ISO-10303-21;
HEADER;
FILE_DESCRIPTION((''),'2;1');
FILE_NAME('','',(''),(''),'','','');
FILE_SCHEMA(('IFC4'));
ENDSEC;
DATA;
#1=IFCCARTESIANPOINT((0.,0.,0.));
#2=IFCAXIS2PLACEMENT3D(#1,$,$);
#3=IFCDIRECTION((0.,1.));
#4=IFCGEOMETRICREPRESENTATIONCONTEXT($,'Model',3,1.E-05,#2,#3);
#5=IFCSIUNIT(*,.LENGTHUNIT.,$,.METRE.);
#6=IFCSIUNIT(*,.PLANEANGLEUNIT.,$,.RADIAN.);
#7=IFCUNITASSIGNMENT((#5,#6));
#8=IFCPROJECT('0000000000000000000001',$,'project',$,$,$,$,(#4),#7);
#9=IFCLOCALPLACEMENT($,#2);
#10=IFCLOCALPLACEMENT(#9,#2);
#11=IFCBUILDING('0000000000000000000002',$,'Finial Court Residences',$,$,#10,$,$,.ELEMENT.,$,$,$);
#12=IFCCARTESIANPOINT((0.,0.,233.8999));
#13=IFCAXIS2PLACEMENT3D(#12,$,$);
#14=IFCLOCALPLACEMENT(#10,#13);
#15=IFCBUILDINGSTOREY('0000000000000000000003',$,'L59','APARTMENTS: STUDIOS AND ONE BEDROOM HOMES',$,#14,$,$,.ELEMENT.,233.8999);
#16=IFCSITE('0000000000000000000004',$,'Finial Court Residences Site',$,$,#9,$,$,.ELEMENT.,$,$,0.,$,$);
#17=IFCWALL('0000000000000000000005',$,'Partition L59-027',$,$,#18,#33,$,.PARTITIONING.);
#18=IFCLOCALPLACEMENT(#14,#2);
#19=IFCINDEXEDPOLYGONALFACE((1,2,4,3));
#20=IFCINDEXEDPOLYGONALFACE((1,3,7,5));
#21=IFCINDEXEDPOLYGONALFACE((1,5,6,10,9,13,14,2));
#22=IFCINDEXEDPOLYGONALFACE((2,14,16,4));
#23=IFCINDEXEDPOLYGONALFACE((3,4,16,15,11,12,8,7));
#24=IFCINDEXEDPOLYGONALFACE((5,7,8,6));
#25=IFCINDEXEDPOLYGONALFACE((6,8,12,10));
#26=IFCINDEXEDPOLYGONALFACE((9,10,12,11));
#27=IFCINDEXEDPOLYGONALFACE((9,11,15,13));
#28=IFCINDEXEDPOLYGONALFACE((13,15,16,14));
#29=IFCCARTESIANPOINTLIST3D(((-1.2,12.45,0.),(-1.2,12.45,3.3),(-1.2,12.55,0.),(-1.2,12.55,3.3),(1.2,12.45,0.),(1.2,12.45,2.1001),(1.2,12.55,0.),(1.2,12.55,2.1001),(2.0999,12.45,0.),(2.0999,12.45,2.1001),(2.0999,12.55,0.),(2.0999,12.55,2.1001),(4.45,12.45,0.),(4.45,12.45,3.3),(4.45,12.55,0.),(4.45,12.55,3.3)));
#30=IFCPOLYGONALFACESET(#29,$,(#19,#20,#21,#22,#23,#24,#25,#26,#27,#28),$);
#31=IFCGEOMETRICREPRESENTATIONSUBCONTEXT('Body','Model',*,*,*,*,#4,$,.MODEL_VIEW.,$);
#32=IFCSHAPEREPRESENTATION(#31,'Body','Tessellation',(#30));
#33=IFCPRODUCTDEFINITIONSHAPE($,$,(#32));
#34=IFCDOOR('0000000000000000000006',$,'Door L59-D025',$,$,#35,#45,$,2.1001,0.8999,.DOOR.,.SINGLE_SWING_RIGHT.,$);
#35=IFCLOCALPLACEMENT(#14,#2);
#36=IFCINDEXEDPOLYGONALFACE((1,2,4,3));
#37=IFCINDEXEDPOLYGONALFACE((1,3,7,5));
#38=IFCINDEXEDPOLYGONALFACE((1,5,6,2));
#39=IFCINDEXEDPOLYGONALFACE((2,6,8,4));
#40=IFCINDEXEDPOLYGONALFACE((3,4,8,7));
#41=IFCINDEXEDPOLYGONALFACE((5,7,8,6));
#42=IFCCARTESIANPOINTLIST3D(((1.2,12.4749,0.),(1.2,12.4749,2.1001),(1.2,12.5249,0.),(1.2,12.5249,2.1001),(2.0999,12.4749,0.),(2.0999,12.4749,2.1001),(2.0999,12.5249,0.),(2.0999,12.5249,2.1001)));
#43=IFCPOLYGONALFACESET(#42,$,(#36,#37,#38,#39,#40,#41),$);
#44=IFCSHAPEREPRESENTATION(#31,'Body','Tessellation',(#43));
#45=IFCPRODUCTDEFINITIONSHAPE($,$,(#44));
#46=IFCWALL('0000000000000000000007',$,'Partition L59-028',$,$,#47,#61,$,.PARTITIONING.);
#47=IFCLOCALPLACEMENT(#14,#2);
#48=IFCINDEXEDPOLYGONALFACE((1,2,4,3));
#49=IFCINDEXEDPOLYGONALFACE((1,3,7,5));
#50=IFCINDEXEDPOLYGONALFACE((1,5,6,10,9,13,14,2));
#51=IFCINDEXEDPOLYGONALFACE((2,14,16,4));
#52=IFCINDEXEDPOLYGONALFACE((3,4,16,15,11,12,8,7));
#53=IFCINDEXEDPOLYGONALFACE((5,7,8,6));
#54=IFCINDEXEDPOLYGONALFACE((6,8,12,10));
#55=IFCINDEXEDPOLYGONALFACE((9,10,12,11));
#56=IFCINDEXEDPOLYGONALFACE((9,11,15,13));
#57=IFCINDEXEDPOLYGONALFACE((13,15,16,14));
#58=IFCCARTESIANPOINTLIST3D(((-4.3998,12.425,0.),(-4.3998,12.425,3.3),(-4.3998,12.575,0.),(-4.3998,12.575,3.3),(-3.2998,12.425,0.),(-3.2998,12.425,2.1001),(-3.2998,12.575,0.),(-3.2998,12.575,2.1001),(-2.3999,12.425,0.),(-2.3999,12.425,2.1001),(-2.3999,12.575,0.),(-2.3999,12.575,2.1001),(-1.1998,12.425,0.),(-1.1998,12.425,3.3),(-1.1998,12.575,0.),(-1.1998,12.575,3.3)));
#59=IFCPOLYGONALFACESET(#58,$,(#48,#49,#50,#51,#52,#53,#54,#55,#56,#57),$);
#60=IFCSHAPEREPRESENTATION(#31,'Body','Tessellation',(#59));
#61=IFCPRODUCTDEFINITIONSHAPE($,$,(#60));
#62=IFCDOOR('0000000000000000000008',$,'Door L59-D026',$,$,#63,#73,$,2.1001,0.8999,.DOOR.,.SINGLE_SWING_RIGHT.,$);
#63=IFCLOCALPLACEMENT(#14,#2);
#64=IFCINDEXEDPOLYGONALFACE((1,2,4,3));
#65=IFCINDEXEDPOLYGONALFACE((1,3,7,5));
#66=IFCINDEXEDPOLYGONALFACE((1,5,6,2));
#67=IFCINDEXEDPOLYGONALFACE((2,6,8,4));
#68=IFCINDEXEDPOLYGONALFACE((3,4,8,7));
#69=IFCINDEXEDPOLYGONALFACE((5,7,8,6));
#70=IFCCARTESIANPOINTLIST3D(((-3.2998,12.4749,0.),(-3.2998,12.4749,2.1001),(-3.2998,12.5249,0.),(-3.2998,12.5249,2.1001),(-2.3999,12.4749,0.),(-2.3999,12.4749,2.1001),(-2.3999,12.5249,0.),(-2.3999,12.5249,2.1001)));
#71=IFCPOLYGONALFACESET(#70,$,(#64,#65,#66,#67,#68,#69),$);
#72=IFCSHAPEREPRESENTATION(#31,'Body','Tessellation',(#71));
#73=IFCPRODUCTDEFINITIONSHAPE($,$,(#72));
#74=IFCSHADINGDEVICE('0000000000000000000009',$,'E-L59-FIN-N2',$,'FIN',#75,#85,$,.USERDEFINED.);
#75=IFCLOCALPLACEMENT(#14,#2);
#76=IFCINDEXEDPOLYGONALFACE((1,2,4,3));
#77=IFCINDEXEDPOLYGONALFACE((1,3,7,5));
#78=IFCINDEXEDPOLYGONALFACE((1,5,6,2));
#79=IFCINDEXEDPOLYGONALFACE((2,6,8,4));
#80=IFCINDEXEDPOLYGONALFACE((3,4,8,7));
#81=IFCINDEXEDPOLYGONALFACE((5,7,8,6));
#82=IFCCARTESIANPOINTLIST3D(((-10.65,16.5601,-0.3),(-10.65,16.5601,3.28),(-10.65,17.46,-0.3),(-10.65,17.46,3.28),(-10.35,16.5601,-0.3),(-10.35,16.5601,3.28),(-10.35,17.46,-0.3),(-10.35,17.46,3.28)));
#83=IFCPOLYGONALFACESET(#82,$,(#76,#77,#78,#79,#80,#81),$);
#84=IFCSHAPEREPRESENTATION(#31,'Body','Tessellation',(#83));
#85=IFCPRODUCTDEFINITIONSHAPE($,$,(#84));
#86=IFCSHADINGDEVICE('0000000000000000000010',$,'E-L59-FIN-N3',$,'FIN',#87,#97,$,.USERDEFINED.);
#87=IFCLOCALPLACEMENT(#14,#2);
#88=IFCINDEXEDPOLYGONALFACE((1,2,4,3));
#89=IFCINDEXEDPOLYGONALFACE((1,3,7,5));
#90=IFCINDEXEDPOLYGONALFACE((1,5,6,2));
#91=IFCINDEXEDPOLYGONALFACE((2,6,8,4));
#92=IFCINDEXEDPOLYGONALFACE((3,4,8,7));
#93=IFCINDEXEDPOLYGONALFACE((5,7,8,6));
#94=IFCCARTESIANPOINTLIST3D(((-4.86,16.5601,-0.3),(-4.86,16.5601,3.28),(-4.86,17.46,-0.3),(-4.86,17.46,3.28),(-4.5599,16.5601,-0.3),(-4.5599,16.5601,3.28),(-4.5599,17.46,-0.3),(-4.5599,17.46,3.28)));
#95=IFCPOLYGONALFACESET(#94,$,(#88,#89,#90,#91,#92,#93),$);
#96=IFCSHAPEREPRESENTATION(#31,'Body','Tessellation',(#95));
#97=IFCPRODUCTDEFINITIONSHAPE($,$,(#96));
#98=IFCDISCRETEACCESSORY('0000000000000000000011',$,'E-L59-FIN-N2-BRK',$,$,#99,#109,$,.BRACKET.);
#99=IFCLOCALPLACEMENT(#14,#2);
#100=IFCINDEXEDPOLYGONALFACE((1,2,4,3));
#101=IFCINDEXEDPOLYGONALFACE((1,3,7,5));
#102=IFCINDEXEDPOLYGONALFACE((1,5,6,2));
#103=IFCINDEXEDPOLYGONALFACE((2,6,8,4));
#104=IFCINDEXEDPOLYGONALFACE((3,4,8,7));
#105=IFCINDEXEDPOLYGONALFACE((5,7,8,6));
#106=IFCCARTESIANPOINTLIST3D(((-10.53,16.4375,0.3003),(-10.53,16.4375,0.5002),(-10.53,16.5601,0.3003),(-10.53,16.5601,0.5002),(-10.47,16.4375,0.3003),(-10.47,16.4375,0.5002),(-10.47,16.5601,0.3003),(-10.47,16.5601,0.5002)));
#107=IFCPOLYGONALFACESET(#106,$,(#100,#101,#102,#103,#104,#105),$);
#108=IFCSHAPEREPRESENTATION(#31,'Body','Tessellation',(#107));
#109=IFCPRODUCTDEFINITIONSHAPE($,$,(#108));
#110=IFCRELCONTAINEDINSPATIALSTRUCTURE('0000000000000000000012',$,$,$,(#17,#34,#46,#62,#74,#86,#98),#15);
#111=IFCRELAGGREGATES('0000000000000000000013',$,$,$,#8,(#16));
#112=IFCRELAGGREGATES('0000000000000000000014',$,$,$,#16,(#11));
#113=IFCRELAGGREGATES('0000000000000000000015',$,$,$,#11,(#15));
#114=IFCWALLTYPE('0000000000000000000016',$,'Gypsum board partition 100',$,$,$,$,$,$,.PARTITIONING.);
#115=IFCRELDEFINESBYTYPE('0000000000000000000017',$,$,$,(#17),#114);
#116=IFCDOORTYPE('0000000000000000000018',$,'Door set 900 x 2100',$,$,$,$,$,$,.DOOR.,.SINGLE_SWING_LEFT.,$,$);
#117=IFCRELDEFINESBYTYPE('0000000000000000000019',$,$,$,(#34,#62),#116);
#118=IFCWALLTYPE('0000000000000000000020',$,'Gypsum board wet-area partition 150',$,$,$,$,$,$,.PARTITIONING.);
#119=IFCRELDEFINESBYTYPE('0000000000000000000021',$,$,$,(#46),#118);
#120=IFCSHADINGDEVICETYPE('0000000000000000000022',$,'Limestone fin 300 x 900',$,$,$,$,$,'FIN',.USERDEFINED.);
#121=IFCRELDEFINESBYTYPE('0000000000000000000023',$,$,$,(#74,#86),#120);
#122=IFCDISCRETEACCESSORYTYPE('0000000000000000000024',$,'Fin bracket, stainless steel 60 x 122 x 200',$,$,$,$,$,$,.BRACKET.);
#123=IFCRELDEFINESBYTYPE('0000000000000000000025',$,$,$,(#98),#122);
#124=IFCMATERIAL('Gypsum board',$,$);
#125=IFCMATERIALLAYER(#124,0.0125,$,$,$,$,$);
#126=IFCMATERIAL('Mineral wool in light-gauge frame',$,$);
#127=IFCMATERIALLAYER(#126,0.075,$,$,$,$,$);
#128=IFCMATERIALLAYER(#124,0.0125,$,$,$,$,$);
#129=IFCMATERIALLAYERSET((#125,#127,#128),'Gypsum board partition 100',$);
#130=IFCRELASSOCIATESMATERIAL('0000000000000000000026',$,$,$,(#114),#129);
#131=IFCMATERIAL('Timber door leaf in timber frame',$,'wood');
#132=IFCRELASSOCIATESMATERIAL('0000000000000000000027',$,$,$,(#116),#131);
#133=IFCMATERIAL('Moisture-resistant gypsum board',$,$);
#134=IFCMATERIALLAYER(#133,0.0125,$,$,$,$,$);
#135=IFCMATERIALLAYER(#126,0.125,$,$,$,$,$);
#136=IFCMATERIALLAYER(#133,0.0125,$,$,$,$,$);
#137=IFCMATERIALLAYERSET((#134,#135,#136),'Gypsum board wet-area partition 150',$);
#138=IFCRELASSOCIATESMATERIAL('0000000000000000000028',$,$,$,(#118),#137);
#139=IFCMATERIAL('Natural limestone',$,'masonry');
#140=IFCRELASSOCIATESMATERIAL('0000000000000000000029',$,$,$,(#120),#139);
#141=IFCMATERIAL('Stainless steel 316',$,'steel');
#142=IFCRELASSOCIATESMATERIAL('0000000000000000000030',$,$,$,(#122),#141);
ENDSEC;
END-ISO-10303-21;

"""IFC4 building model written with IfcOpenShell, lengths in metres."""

from ifc_helpers import new_model, si_unit, direction, frame, frame_2d, origin, origin_2d, place, context, subcontext, project, spatial, rectangle, extrude, material, layer, layer_set, type_object, element, fill, save


model = new_model("IFC4")

# Units and contexts
model_context = context("Model", 3, precision=1e-05, world=origin(), true_north=direction((0.0, 1.0)))
body_context = subcontext(model_context, "Body", "Model", "MODEL_VIEW")
ifc_project = project(units=[si_unit("LENGTHUNIT", "METRE"), si_unit("PLANEANGLEUNIT", "RADIAN")], contexts=[model_context])

# Site, building, storey
site_placement = place(None, origin())
site = spatial("IfcSite", under=ifc_project, at=site_placement, Name="Finial Court Residences Site", CompositionType="ELEMENT", RefElevation=0.0)
building_placement = place(site_placement, origin())
building = spatial("IfcBuilding", under=site, at=building_placement, Name="Finial Court Residences", CompositionType="ELEMENT")
storey_placement = place(building_placement, frame((0.0, 0.0, 233.8999)))
storey = spatial("IfcBuildingStorey", under=building, at=storey_placement, Name="L59", Description="APARTMENTS: STUDIOS AND ONE BEDROOM HOMES", CompositionType="ELEMENT", Elevation=233.8999)

# Walls, openings, doors
ifc_material_1 = material(Name="Gypsum board")
ifc_layer_1 = layer(ifc_material_1, 0.0125)
ifc_material_2 = material(Name="Mineral wool in light-gauge frame")
ifc_layer_2 = layer(ifc_material_2, 0.075)
ifc_layer_3 = layer(ifc_material_1, 0.0125)
ifc_layer_set_1 = layer_set([ifc_layer_1, ifc_layer_2, ifc_layer_3], Name="Gypsum board partition 100")
wall_type_1 = type_object("IfcWallType", Name="Gypsum board partition 100", PredefinedType="PARTITIONING", material=ifc_layer_set_1)
ifc_material_3 = material(Name="Timber door leaf in timber frame", Category="wood")
door_type = type_object("IfcDoorType", Name="Door set 900 x 2100", OperationType="SINGLE_SWING_LEFT", PredefinedType="DOOR", material=ifc_material_3)
wall_1_placement = place(storey_placement, frame((-1.2, 12.5, 0.0), z_axis=(0.0, 0.0, 1.0), x_axis=(1.0, 0.0, 0.0)))
wall_1 = element("IfcWall", 1, at=wall_1_placement, inside=storey, type_object=wall_type_1, Name="Partition L59-027", PredefinedType="PARTITIONING", context=body_context, shape_type="SweptSolid", body=[
    extrude(rectangle(XDim=5.6499, YDim=0.1001, at=frame_2d((2.825, 0.0))), origin(), (0.0, 0.0, 1.0), 3.3),
])
opening_1_placement = place(wall_1_placement, frame((2.3999, 0.0, 0.0)))
opening_1 = element("IfcOpeningElement", 2, at=opening_1_placement, cuts=wall_1, PredefinedType="OPENING", context=body_context, shape_type="SweptSolid", body=[
    extrude(rectangle(XDim=0.8999, YDim=2.1001, at=frame_2d((0.45, 1.05))), frame((0.0, 0.0601, 0.0), z_axis=(0.0, -1.0, 0.0), x_axis=(1.0, 0.0, 0.0)), (0.0, 0.0, 1.0), 0.1201),
])
door_1_placement = place(opening_1_placement, origin())
door_1 = element("IfcDoor", 3, at=door_1_placement, inside=storey, type_object=door_type, Name="Door L59-D025", OperationType="SINGLE_SWING_RIGHT", OverallHeight=2.1001, OverallWidth=0.8999, PredefinedType="DOOR", context=body_context, shape_type="SweptSolid", body=[
    extrude(rectangle(XDim=0.8999, YDim=2.1001, at=frame_2d((0.45, 1.05))), frame((0.0, 0.0249, 0.0), z_axis=(0.0, -1.0, 0.0), x_axis=(1.0, 0.0, 0.0)), (0.0, 0.0, 1.0), 0.05),
])
fill(opening_1, door_1)
ifc_material_4 = material(Name="Moisture-resistant gypsum board")
ifc_layer_4 = layer(ifc_material_4, 0.0125)
ifc_layer_5 = layer(ifc_material_2, 0.125)
ifc_layer_6 = layer(ifc_material_4, 0.0125)
ifc_layer_set_2 = layer_set([ifc_layer_4, ifc_layer_5, ifc_layer_6], Name="Gypsum board wet-area partition 150")
wall_type_2 = type_object("IfcWallType", Name="Gypsum board wet-area partition 150", PredefinedType="PARTITIONING", material=ifc_layer_set_2)
wall_2_placement = place(storey_placement, frame((-4.3999, 12.5, 0.0), z_axis=(0.0, 0.0, 1.0), x_axis=(1.0, 0.0, 0.0)))
wall_2 = element("IfcWall", 4, at=wall_2_placement, inside=storey, type_object=wall_type_2, Name="Partition L59-028", PredefinedType="PARTITIONING", context=body_context, shape_type="SweptSolid", body=[
    extrude(rectangle(XDim=3.2, YDim=0.1499, at=frame_2d((1.6001, 0.0))), origin(), (0.0, 0.0, 1.0), 3.3),
])
opening_2_placement = place(wall_2_placement, frame((1.1001, 0.0, 0.0)))
opening_2 = element("IfcOpeningElement", 5, at=opening_2_placement, cuts=wall_2, PredefinedType="OPENING", context=body_context, shape_type="SweptSolid", body=[
    extrude(rectangle(XDim=0.8999, YDim=2.1001, at=frame_2d((0.45, 1.05))), frame((0.0, 0.085, 0.0), z_axis=(0.0, -1.0, 0.0), x_axis=(1.0, 0.0, 0.0)), (0.0, 0.0, 1.0), 0.1699),
])
door_2_placement = place(opening_2_placement, origin())
door_2 = element("IfcDoor", 6, at=door_2_placement, inside=storey, type_object=door_type, Name="Door L59-D026", OperationType="SINGLE_SWING_RIGHT", OverallHeight=2.1001, OverallWidth=0.8999, PredefinedType="DOOR", context=body_context, shape_type="SweptSolid", body=[
    extrude(rectangle(XDim=0.8999, YDim=2.1001, at=frame_2d((0.45, 1.05))), frame((0.0, 0.0249, 0.0), z_axis=(0.0, -1.0, 0.0), x_axis=(1.0, 0.0, 0.0)), (0.0, 0.0, 1.0), 0.05),
])
fill(opening_2, door_2)

# Shading devices
ifc_material_5 = material(Name="Natural limestone", Category="masonry")
shading_device_type = type_object("IfcShadingDeviceType", Name="Limestone fin 300 x 900", ElementType="FIN", PredefinedType="USERDEFINED", material=ifc_material_5)
for number, where, z_axis, x_axis, name in (
    (7, (-10.5, 17.01, -0.3), (0.0, 0.0, 1.0), (1.0, 0.0, 0.0), "E-L59-FIN-N2"),
    (8, (-4.71, 17.01, -0.3), (0.0, 0.0, 1.0), (1.0, 0.0, 0.0), "E-L59-FIN-N3"),
):
    element("IfcShadingDevice", number, at=place(storey_placement, frame(where, z_axis=z_axis, x_axis=x_axis)), inside=storey, type_object=shading_device_type, Name=name, ObjectType="FIN", PredefinedType="USERDEFINED", context=body_context, shape_type="SweptSolid", body=[
        extrude(rectangle(XDim=0.3, YDim=0.8999, at=origin_2d()), origin(), (0.0, 0.0, 1.0), 3.5801),
    ])

# Discrete accessory
ifc_material_6 = material(Name="Stainless steel 316", Category="steel")
discrete_accessory_type = type_object("IfcDiscreteAccessoryType", Name="Fin bracket, stainless steel 60 x 122 x 200", PredefinedType="BRACKET", material=ifc_material_6)
discrete_accessory_placement = place(storey_placement, frame((-10.5, 16.4988, 0.3003), z_axis=(0.0, 0.0, 1.0), x_axis=(1.0, 0.0, 0.0)))
element("IfcDiscreteAccessory", 9, at=discrete_accessory_placement, inside=storey, type_object=discrete_accessory_type, Name="E-L59-FIN-N2-BRK", PredefinedType="BRACKET", context=body_context, shape_type="SweptSolid", body=[
    extrude(rectangle(XDim=0.0601, YDim=0.1226, at=origin_2d()), origin(), (0.0, 0.0, 1.0), 0.2),
])

save(model, "model.ifc")
